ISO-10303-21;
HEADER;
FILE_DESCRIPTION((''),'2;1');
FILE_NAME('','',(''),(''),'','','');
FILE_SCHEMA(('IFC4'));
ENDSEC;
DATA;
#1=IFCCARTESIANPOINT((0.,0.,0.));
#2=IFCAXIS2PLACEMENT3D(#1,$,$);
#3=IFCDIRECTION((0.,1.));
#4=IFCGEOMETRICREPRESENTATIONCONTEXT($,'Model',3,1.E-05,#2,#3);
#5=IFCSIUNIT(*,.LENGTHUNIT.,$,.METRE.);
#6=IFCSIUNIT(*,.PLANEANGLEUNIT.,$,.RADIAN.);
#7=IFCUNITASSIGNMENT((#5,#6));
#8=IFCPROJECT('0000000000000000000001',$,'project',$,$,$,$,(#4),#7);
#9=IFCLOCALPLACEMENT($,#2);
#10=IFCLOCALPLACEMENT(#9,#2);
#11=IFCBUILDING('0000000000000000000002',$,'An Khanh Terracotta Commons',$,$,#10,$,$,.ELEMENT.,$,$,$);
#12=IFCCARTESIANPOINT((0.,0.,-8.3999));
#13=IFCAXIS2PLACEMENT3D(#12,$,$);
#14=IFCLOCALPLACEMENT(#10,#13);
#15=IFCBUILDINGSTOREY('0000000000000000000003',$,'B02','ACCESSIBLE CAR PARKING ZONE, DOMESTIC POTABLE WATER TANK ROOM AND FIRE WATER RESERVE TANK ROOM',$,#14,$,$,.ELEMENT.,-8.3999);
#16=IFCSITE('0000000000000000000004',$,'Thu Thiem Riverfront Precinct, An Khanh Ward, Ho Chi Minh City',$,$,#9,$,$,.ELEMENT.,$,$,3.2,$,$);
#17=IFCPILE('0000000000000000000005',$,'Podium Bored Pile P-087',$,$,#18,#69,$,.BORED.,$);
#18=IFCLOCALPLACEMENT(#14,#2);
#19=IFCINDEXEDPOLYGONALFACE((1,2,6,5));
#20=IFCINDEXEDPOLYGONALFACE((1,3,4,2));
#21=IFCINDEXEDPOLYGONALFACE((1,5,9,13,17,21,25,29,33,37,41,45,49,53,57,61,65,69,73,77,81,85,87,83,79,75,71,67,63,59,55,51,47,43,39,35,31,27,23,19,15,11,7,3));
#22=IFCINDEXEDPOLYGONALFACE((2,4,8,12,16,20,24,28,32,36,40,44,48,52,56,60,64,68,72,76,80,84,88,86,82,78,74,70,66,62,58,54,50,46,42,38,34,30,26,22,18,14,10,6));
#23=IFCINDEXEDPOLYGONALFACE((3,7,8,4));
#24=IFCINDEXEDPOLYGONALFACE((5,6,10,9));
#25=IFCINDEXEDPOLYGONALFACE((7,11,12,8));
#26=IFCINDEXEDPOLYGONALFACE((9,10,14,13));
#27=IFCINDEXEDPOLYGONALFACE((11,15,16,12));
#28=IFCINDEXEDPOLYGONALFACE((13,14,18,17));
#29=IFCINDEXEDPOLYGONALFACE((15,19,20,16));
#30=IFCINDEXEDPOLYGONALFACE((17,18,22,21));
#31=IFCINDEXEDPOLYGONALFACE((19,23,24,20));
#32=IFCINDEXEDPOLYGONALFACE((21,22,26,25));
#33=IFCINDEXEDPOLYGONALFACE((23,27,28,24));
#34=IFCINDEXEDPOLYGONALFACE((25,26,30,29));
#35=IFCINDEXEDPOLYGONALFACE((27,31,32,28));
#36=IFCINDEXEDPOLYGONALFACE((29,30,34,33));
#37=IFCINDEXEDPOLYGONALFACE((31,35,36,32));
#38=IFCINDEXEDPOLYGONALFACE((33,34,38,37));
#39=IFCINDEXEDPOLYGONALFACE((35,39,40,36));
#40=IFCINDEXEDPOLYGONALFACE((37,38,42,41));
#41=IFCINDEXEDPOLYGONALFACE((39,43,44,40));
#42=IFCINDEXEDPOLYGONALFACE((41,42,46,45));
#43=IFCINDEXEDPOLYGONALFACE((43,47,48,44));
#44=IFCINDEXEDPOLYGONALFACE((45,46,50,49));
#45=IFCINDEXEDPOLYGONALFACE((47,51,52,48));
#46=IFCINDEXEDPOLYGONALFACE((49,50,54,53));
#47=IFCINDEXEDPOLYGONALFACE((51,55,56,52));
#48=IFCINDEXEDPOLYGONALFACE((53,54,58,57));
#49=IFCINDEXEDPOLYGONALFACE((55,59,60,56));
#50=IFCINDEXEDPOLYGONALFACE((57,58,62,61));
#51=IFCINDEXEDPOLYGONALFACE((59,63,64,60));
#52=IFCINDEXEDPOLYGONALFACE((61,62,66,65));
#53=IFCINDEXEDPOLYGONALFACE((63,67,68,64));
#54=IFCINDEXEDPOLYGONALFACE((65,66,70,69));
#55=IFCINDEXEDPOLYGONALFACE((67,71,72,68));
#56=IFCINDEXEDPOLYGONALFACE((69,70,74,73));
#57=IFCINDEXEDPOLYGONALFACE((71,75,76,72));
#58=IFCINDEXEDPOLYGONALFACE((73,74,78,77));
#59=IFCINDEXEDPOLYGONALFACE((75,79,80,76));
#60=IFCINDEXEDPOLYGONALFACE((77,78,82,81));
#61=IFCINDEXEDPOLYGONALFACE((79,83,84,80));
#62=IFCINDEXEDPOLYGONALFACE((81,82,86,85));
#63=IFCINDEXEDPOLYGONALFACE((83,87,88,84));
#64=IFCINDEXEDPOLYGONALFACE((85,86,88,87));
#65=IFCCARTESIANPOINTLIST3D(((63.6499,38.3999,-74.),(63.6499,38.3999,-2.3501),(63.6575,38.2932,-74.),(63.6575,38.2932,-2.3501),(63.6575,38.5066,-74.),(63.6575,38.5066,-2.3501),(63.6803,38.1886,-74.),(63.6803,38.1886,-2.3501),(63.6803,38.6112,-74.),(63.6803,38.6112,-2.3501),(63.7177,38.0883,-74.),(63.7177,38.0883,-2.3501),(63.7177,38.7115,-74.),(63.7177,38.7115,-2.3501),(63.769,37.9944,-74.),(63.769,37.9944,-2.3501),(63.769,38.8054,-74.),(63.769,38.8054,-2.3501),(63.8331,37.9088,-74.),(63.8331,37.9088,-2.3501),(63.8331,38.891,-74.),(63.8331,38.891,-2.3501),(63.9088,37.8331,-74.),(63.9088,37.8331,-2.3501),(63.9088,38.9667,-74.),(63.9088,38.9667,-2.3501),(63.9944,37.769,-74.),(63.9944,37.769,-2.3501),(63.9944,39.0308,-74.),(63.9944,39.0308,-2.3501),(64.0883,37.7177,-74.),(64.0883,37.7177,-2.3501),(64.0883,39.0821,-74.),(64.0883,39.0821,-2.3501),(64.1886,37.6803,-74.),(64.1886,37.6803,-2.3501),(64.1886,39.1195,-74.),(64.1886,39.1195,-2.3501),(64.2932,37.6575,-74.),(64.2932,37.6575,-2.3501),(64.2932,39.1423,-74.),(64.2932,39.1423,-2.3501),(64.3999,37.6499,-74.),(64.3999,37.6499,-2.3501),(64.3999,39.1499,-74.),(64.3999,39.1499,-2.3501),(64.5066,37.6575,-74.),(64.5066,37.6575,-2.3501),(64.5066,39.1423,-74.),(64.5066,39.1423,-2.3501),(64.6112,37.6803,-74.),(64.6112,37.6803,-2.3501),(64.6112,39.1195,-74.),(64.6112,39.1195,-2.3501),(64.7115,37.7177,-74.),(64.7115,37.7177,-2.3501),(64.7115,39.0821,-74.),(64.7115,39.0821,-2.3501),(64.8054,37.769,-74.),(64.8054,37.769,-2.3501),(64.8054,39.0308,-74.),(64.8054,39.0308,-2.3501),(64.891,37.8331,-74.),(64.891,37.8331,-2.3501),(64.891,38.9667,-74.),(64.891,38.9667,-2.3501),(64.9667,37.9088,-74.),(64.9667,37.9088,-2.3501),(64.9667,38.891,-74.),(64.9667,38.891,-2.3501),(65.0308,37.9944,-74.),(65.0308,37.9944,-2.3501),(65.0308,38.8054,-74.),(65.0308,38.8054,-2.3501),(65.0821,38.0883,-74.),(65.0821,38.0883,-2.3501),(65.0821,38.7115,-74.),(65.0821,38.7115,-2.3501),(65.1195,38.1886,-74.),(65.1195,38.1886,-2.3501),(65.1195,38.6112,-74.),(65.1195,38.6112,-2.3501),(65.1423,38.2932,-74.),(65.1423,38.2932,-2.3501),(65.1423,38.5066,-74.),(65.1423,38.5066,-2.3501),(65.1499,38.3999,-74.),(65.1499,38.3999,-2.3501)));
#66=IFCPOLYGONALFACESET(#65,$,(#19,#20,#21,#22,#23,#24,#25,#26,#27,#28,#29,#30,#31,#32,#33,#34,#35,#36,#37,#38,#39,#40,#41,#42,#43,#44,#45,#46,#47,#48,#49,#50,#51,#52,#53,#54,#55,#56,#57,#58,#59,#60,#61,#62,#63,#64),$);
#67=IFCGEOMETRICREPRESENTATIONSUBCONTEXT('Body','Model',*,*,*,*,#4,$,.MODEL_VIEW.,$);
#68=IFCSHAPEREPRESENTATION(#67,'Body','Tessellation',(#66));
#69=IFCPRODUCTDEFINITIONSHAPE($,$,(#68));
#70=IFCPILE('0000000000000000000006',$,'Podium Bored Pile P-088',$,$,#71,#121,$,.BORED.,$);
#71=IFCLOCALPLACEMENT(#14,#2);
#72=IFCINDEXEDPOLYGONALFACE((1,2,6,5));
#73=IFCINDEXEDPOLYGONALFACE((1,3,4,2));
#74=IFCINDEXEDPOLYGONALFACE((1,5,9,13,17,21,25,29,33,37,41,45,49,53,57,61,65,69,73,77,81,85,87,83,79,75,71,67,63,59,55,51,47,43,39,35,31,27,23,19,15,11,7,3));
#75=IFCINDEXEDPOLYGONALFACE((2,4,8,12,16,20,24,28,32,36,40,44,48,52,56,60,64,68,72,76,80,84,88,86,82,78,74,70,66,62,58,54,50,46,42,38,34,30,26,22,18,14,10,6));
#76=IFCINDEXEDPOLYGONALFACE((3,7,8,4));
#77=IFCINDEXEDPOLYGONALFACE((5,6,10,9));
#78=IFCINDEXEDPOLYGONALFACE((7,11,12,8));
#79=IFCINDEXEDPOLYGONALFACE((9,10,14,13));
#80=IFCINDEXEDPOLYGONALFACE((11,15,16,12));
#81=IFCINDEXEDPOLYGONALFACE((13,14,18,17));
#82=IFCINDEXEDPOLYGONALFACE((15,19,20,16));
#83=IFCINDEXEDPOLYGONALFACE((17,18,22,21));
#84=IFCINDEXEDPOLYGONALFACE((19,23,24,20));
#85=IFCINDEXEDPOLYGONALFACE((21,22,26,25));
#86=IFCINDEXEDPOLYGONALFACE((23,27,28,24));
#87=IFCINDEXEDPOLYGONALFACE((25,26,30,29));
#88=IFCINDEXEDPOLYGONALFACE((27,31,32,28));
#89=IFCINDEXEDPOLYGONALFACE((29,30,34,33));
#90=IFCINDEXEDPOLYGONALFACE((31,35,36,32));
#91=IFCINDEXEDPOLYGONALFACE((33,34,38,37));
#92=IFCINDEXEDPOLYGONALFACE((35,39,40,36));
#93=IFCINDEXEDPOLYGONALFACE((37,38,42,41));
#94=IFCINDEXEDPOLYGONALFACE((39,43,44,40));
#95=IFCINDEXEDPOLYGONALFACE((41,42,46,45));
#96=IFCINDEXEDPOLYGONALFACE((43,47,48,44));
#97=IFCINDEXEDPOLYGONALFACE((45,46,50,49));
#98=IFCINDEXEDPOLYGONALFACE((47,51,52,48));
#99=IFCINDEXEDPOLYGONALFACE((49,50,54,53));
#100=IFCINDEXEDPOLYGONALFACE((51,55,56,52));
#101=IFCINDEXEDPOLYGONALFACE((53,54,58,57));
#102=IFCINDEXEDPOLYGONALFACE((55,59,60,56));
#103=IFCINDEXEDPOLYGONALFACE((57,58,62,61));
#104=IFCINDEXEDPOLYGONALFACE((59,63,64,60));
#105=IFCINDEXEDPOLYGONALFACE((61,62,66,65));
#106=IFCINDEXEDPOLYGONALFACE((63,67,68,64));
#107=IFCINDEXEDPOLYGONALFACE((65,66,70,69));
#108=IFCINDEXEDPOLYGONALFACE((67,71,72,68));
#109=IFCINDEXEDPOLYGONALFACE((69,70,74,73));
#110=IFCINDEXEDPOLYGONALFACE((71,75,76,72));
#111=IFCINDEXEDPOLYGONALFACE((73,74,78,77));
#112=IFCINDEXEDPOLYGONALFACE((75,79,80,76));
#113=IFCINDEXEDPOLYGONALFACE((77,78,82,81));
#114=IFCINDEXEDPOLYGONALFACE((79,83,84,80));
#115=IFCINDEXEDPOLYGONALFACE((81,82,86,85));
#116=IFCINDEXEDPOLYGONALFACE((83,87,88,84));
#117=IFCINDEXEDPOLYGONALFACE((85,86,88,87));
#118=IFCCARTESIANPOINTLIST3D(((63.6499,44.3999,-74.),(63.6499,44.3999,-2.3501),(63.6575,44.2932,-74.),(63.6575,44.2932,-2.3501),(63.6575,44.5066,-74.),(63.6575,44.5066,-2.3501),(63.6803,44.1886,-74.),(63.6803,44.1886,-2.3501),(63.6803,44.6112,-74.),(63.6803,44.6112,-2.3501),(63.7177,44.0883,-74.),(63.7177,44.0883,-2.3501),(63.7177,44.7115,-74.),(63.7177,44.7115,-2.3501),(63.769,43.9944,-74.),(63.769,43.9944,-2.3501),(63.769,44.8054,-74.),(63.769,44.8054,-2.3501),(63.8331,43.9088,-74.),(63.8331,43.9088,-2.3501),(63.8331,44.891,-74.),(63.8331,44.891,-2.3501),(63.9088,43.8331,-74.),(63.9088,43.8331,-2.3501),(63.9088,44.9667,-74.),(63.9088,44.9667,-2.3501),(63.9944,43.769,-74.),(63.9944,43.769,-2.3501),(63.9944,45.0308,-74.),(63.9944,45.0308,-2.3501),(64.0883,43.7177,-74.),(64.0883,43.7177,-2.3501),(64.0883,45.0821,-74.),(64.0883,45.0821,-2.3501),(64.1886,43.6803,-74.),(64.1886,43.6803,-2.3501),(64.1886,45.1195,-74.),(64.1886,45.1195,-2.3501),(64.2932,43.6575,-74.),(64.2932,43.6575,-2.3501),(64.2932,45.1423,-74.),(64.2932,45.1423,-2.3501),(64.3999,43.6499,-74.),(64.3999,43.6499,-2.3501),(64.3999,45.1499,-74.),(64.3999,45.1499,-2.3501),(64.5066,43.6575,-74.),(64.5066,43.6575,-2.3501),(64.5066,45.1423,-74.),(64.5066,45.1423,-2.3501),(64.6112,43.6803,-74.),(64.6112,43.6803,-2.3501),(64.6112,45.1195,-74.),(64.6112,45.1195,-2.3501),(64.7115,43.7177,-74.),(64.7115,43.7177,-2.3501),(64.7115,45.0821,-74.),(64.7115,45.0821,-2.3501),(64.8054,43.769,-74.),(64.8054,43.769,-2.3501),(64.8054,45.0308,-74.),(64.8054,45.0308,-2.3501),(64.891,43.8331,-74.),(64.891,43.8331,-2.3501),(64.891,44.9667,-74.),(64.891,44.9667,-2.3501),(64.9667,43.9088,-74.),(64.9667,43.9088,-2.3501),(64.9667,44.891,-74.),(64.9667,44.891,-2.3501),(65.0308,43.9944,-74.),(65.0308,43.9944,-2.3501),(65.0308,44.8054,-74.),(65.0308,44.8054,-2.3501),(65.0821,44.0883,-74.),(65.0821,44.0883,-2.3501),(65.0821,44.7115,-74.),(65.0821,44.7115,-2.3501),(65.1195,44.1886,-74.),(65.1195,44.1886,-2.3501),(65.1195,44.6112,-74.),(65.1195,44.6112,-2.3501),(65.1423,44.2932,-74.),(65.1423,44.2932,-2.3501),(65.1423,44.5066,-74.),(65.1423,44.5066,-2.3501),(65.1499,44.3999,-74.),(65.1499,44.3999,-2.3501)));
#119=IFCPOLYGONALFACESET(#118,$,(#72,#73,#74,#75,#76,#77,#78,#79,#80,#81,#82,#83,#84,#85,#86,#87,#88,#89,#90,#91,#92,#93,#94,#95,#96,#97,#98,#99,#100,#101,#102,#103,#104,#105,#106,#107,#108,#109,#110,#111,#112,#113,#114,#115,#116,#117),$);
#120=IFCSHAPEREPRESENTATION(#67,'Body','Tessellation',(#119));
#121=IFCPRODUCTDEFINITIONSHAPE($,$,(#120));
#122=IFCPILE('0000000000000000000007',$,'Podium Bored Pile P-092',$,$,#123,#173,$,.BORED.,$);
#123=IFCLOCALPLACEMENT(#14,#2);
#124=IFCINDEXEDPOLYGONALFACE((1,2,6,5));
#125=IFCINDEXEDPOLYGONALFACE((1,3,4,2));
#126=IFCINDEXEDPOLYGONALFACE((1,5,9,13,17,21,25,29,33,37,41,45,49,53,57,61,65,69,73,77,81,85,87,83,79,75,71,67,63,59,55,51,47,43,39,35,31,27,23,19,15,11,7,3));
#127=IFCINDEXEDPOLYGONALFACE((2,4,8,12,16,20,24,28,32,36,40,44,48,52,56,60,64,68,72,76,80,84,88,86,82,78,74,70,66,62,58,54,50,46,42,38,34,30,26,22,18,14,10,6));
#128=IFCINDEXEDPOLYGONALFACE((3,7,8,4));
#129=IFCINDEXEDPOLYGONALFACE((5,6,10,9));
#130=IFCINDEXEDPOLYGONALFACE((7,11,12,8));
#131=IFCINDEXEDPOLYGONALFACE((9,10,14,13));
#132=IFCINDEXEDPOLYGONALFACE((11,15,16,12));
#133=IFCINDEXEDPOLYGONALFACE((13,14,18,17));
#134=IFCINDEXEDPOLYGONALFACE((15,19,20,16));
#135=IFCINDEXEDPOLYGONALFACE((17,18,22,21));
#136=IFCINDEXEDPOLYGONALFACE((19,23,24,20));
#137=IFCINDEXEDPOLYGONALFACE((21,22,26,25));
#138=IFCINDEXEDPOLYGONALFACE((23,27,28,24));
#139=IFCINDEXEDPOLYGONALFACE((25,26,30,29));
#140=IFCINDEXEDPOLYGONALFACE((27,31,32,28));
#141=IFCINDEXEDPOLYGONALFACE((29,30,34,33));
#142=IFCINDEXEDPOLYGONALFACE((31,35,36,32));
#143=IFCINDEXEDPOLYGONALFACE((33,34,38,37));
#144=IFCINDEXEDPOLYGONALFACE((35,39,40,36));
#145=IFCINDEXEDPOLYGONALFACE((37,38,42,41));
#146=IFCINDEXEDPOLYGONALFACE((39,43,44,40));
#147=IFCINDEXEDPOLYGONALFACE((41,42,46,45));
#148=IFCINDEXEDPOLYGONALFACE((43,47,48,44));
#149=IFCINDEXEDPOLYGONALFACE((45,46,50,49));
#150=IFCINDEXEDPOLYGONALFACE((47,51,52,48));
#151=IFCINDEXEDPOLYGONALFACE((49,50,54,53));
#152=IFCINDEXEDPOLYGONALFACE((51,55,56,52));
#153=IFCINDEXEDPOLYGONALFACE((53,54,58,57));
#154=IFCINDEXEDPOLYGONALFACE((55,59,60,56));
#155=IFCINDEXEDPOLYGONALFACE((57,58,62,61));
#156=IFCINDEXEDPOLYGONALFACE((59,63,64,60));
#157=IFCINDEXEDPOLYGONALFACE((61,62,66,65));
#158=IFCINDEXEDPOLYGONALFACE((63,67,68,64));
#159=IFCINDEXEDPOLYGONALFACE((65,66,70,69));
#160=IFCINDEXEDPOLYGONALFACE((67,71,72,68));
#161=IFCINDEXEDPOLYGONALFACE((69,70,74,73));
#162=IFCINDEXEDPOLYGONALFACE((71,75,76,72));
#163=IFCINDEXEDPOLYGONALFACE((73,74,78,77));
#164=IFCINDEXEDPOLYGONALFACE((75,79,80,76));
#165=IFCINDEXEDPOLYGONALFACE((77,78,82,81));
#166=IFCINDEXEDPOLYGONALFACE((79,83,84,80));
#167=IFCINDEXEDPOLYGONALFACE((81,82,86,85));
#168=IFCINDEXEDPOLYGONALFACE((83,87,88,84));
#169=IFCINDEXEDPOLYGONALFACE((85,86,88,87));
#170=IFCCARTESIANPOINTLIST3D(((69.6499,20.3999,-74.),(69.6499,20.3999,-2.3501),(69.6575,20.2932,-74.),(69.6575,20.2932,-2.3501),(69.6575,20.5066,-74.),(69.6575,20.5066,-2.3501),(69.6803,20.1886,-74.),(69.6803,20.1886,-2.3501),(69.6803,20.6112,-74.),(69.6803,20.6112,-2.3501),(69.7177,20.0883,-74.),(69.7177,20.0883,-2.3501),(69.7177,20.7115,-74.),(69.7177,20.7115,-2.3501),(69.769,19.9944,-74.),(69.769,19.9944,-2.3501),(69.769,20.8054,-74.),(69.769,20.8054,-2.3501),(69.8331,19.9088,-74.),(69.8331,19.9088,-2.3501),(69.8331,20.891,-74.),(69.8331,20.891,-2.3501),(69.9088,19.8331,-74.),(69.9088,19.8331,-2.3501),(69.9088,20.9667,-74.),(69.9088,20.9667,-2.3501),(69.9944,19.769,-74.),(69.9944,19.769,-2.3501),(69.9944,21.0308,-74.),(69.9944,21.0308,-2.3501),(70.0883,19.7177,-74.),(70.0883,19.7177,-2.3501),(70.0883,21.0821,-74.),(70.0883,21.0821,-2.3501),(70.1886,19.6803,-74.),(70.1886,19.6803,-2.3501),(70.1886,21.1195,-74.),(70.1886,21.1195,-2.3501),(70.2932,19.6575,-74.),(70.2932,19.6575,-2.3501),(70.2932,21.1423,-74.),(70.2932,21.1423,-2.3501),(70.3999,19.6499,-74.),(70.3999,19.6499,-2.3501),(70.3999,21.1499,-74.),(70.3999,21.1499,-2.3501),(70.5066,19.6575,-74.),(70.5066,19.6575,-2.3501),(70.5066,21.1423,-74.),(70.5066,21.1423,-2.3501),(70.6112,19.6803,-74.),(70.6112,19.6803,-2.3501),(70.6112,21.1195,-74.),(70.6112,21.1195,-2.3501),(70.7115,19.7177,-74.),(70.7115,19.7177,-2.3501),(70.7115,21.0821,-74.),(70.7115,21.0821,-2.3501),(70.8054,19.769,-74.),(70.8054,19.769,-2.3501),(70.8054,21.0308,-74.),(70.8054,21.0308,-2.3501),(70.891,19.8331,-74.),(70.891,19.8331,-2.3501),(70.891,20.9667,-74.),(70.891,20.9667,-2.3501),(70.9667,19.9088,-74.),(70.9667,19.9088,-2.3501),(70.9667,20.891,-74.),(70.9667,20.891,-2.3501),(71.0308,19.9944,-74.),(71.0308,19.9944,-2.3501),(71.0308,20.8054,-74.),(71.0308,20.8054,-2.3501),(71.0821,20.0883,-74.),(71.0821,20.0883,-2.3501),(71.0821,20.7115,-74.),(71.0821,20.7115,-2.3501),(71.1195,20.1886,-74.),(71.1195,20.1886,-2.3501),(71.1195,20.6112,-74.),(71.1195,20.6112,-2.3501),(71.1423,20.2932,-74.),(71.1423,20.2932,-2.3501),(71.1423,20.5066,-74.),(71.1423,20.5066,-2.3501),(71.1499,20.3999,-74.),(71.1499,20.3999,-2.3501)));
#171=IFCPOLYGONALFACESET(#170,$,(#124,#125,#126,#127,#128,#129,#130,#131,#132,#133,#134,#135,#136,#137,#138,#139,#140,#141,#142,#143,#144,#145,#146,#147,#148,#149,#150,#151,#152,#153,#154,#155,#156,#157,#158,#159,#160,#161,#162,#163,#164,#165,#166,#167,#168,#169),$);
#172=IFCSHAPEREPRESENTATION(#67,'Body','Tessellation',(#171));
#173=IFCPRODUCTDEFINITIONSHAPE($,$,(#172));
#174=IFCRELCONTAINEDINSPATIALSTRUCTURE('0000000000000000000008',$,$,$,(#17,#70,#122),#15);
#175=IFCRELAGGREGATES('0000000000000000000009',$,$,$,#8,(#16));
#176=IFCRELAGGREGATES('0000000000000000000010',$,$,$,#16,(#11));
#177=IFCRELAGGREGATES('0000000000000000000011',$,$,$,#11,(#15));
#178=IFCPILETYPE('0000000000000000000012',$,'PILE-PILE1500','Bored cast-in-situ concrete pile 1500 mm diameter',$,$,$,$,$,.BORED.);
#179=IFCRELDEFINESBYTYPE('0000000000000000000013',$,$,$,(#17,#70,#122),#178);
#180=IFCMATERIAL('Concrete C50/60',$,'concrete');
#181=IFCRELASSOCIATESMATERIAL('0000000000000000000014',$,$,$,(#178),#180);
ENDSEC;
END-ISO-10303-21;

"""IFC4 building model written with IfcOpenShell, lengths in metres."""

from ifc_helpers import new_model, si_unit, direction, frame, origin, origin_2d, place, context, subcontext, project, spatial, circle, extrude, material, material_profile, profile_set, type_object, element, save


model = new_model("IFC4")

# Units and contexts
model_context = context("Model", 3, precision=1e-05, world=origin(), true_north=direction((0.0, 1.0)))
body_context = subcontext(model_context, "Body", "Model", "MODEL_VIEW")
ifc_project = project(units=[si_unit("LENGTHUNIT", "METRE"), si_unit("PLANEANGLEUNIT", "RADIAN")], contexts=[model_context])

# Site, building, storey
site_placement = place(None, origin())
site = spatial("IfcSite", under=ifc_project, at=site_placement, Name="Thu Thiem Riverfront Precinct, An Khanh Ward, Ho Chi Minh City", CompositionType="ELEMENT", RefElevation=3.2)
building_placement = place(site_placement, origin())
building = spatial("IfcBuilding", under=site, at=building_placement, Name="An Khanh Terracotta Commons", CompositionType="ELEMENT")
storey_placement = place(building_placement, frame((0.0, 0.0, -8.3999)))
storey = spatial("IfcBuildingStorey", under=building, at=storey_placement, Name="B02", Description="ACCESSIBLE CAR PARKING ZONE, DOMESTIC POTABLE WATER TANK ROOM AND FIRE WATER RESERVE TANK ROOM", CompositionType="ELEMENT", Elevation=-8.3999)

# Shared definitions
ifc_material_1 = material(Name="Concrete C50/60", Category="concrete")

# Piles
ifc_material_profile_1 = material_profile(ifc_material_1, circle(Radius=0.75, at=origin_2d()), Name="PILE1500")
ifc_profile_set_1 = profile_set([ifc_material_profile_1], Name="Concrete C50/60")
pile_type_1 = type_object("IfcPileType", Name="PILE-PILE1500", Description="Bored cast-in-situ concrete pile 1500 mm diameter", PredefinedType="BORED", material=ifc_profile_set_1)
for number, where, z_axis, x_axis, name in (
    (1, (64.3999, 38.3999, -2.3501), (0.0, 0.0, -1.0), (1.0, 0.0, 0.0), "Podium Bored Pile P-087"),
    (2, (64.3999, 44.3999, -2.3501), (0.0, 0.0, -1.0), (1.0, 0.0, 0.0), "Podium Bored Pile P-088"),
    (3, (70.3999, 20.3999, -2.3501), (0.0, 0.0, -1.0), (1.0, 0.0, 0.0), "Podium Bored Pile P-092"),
):
    element("IfcPile", number, at=place(storey_placement, frame(where, z_axis=z_axis, x_axis=x_axis)), inside=storey, type_object=pile_type_1, Name=name, PredefinedType="BORED", context=body_context, shape_type="SweptSolid", body=[
        extrude(circle(Radius=0.75, at=origin_2d()), origin(), (0.0, 0.0, 1.0), 71.6499),
    ])

save(model, "model.ifc")
